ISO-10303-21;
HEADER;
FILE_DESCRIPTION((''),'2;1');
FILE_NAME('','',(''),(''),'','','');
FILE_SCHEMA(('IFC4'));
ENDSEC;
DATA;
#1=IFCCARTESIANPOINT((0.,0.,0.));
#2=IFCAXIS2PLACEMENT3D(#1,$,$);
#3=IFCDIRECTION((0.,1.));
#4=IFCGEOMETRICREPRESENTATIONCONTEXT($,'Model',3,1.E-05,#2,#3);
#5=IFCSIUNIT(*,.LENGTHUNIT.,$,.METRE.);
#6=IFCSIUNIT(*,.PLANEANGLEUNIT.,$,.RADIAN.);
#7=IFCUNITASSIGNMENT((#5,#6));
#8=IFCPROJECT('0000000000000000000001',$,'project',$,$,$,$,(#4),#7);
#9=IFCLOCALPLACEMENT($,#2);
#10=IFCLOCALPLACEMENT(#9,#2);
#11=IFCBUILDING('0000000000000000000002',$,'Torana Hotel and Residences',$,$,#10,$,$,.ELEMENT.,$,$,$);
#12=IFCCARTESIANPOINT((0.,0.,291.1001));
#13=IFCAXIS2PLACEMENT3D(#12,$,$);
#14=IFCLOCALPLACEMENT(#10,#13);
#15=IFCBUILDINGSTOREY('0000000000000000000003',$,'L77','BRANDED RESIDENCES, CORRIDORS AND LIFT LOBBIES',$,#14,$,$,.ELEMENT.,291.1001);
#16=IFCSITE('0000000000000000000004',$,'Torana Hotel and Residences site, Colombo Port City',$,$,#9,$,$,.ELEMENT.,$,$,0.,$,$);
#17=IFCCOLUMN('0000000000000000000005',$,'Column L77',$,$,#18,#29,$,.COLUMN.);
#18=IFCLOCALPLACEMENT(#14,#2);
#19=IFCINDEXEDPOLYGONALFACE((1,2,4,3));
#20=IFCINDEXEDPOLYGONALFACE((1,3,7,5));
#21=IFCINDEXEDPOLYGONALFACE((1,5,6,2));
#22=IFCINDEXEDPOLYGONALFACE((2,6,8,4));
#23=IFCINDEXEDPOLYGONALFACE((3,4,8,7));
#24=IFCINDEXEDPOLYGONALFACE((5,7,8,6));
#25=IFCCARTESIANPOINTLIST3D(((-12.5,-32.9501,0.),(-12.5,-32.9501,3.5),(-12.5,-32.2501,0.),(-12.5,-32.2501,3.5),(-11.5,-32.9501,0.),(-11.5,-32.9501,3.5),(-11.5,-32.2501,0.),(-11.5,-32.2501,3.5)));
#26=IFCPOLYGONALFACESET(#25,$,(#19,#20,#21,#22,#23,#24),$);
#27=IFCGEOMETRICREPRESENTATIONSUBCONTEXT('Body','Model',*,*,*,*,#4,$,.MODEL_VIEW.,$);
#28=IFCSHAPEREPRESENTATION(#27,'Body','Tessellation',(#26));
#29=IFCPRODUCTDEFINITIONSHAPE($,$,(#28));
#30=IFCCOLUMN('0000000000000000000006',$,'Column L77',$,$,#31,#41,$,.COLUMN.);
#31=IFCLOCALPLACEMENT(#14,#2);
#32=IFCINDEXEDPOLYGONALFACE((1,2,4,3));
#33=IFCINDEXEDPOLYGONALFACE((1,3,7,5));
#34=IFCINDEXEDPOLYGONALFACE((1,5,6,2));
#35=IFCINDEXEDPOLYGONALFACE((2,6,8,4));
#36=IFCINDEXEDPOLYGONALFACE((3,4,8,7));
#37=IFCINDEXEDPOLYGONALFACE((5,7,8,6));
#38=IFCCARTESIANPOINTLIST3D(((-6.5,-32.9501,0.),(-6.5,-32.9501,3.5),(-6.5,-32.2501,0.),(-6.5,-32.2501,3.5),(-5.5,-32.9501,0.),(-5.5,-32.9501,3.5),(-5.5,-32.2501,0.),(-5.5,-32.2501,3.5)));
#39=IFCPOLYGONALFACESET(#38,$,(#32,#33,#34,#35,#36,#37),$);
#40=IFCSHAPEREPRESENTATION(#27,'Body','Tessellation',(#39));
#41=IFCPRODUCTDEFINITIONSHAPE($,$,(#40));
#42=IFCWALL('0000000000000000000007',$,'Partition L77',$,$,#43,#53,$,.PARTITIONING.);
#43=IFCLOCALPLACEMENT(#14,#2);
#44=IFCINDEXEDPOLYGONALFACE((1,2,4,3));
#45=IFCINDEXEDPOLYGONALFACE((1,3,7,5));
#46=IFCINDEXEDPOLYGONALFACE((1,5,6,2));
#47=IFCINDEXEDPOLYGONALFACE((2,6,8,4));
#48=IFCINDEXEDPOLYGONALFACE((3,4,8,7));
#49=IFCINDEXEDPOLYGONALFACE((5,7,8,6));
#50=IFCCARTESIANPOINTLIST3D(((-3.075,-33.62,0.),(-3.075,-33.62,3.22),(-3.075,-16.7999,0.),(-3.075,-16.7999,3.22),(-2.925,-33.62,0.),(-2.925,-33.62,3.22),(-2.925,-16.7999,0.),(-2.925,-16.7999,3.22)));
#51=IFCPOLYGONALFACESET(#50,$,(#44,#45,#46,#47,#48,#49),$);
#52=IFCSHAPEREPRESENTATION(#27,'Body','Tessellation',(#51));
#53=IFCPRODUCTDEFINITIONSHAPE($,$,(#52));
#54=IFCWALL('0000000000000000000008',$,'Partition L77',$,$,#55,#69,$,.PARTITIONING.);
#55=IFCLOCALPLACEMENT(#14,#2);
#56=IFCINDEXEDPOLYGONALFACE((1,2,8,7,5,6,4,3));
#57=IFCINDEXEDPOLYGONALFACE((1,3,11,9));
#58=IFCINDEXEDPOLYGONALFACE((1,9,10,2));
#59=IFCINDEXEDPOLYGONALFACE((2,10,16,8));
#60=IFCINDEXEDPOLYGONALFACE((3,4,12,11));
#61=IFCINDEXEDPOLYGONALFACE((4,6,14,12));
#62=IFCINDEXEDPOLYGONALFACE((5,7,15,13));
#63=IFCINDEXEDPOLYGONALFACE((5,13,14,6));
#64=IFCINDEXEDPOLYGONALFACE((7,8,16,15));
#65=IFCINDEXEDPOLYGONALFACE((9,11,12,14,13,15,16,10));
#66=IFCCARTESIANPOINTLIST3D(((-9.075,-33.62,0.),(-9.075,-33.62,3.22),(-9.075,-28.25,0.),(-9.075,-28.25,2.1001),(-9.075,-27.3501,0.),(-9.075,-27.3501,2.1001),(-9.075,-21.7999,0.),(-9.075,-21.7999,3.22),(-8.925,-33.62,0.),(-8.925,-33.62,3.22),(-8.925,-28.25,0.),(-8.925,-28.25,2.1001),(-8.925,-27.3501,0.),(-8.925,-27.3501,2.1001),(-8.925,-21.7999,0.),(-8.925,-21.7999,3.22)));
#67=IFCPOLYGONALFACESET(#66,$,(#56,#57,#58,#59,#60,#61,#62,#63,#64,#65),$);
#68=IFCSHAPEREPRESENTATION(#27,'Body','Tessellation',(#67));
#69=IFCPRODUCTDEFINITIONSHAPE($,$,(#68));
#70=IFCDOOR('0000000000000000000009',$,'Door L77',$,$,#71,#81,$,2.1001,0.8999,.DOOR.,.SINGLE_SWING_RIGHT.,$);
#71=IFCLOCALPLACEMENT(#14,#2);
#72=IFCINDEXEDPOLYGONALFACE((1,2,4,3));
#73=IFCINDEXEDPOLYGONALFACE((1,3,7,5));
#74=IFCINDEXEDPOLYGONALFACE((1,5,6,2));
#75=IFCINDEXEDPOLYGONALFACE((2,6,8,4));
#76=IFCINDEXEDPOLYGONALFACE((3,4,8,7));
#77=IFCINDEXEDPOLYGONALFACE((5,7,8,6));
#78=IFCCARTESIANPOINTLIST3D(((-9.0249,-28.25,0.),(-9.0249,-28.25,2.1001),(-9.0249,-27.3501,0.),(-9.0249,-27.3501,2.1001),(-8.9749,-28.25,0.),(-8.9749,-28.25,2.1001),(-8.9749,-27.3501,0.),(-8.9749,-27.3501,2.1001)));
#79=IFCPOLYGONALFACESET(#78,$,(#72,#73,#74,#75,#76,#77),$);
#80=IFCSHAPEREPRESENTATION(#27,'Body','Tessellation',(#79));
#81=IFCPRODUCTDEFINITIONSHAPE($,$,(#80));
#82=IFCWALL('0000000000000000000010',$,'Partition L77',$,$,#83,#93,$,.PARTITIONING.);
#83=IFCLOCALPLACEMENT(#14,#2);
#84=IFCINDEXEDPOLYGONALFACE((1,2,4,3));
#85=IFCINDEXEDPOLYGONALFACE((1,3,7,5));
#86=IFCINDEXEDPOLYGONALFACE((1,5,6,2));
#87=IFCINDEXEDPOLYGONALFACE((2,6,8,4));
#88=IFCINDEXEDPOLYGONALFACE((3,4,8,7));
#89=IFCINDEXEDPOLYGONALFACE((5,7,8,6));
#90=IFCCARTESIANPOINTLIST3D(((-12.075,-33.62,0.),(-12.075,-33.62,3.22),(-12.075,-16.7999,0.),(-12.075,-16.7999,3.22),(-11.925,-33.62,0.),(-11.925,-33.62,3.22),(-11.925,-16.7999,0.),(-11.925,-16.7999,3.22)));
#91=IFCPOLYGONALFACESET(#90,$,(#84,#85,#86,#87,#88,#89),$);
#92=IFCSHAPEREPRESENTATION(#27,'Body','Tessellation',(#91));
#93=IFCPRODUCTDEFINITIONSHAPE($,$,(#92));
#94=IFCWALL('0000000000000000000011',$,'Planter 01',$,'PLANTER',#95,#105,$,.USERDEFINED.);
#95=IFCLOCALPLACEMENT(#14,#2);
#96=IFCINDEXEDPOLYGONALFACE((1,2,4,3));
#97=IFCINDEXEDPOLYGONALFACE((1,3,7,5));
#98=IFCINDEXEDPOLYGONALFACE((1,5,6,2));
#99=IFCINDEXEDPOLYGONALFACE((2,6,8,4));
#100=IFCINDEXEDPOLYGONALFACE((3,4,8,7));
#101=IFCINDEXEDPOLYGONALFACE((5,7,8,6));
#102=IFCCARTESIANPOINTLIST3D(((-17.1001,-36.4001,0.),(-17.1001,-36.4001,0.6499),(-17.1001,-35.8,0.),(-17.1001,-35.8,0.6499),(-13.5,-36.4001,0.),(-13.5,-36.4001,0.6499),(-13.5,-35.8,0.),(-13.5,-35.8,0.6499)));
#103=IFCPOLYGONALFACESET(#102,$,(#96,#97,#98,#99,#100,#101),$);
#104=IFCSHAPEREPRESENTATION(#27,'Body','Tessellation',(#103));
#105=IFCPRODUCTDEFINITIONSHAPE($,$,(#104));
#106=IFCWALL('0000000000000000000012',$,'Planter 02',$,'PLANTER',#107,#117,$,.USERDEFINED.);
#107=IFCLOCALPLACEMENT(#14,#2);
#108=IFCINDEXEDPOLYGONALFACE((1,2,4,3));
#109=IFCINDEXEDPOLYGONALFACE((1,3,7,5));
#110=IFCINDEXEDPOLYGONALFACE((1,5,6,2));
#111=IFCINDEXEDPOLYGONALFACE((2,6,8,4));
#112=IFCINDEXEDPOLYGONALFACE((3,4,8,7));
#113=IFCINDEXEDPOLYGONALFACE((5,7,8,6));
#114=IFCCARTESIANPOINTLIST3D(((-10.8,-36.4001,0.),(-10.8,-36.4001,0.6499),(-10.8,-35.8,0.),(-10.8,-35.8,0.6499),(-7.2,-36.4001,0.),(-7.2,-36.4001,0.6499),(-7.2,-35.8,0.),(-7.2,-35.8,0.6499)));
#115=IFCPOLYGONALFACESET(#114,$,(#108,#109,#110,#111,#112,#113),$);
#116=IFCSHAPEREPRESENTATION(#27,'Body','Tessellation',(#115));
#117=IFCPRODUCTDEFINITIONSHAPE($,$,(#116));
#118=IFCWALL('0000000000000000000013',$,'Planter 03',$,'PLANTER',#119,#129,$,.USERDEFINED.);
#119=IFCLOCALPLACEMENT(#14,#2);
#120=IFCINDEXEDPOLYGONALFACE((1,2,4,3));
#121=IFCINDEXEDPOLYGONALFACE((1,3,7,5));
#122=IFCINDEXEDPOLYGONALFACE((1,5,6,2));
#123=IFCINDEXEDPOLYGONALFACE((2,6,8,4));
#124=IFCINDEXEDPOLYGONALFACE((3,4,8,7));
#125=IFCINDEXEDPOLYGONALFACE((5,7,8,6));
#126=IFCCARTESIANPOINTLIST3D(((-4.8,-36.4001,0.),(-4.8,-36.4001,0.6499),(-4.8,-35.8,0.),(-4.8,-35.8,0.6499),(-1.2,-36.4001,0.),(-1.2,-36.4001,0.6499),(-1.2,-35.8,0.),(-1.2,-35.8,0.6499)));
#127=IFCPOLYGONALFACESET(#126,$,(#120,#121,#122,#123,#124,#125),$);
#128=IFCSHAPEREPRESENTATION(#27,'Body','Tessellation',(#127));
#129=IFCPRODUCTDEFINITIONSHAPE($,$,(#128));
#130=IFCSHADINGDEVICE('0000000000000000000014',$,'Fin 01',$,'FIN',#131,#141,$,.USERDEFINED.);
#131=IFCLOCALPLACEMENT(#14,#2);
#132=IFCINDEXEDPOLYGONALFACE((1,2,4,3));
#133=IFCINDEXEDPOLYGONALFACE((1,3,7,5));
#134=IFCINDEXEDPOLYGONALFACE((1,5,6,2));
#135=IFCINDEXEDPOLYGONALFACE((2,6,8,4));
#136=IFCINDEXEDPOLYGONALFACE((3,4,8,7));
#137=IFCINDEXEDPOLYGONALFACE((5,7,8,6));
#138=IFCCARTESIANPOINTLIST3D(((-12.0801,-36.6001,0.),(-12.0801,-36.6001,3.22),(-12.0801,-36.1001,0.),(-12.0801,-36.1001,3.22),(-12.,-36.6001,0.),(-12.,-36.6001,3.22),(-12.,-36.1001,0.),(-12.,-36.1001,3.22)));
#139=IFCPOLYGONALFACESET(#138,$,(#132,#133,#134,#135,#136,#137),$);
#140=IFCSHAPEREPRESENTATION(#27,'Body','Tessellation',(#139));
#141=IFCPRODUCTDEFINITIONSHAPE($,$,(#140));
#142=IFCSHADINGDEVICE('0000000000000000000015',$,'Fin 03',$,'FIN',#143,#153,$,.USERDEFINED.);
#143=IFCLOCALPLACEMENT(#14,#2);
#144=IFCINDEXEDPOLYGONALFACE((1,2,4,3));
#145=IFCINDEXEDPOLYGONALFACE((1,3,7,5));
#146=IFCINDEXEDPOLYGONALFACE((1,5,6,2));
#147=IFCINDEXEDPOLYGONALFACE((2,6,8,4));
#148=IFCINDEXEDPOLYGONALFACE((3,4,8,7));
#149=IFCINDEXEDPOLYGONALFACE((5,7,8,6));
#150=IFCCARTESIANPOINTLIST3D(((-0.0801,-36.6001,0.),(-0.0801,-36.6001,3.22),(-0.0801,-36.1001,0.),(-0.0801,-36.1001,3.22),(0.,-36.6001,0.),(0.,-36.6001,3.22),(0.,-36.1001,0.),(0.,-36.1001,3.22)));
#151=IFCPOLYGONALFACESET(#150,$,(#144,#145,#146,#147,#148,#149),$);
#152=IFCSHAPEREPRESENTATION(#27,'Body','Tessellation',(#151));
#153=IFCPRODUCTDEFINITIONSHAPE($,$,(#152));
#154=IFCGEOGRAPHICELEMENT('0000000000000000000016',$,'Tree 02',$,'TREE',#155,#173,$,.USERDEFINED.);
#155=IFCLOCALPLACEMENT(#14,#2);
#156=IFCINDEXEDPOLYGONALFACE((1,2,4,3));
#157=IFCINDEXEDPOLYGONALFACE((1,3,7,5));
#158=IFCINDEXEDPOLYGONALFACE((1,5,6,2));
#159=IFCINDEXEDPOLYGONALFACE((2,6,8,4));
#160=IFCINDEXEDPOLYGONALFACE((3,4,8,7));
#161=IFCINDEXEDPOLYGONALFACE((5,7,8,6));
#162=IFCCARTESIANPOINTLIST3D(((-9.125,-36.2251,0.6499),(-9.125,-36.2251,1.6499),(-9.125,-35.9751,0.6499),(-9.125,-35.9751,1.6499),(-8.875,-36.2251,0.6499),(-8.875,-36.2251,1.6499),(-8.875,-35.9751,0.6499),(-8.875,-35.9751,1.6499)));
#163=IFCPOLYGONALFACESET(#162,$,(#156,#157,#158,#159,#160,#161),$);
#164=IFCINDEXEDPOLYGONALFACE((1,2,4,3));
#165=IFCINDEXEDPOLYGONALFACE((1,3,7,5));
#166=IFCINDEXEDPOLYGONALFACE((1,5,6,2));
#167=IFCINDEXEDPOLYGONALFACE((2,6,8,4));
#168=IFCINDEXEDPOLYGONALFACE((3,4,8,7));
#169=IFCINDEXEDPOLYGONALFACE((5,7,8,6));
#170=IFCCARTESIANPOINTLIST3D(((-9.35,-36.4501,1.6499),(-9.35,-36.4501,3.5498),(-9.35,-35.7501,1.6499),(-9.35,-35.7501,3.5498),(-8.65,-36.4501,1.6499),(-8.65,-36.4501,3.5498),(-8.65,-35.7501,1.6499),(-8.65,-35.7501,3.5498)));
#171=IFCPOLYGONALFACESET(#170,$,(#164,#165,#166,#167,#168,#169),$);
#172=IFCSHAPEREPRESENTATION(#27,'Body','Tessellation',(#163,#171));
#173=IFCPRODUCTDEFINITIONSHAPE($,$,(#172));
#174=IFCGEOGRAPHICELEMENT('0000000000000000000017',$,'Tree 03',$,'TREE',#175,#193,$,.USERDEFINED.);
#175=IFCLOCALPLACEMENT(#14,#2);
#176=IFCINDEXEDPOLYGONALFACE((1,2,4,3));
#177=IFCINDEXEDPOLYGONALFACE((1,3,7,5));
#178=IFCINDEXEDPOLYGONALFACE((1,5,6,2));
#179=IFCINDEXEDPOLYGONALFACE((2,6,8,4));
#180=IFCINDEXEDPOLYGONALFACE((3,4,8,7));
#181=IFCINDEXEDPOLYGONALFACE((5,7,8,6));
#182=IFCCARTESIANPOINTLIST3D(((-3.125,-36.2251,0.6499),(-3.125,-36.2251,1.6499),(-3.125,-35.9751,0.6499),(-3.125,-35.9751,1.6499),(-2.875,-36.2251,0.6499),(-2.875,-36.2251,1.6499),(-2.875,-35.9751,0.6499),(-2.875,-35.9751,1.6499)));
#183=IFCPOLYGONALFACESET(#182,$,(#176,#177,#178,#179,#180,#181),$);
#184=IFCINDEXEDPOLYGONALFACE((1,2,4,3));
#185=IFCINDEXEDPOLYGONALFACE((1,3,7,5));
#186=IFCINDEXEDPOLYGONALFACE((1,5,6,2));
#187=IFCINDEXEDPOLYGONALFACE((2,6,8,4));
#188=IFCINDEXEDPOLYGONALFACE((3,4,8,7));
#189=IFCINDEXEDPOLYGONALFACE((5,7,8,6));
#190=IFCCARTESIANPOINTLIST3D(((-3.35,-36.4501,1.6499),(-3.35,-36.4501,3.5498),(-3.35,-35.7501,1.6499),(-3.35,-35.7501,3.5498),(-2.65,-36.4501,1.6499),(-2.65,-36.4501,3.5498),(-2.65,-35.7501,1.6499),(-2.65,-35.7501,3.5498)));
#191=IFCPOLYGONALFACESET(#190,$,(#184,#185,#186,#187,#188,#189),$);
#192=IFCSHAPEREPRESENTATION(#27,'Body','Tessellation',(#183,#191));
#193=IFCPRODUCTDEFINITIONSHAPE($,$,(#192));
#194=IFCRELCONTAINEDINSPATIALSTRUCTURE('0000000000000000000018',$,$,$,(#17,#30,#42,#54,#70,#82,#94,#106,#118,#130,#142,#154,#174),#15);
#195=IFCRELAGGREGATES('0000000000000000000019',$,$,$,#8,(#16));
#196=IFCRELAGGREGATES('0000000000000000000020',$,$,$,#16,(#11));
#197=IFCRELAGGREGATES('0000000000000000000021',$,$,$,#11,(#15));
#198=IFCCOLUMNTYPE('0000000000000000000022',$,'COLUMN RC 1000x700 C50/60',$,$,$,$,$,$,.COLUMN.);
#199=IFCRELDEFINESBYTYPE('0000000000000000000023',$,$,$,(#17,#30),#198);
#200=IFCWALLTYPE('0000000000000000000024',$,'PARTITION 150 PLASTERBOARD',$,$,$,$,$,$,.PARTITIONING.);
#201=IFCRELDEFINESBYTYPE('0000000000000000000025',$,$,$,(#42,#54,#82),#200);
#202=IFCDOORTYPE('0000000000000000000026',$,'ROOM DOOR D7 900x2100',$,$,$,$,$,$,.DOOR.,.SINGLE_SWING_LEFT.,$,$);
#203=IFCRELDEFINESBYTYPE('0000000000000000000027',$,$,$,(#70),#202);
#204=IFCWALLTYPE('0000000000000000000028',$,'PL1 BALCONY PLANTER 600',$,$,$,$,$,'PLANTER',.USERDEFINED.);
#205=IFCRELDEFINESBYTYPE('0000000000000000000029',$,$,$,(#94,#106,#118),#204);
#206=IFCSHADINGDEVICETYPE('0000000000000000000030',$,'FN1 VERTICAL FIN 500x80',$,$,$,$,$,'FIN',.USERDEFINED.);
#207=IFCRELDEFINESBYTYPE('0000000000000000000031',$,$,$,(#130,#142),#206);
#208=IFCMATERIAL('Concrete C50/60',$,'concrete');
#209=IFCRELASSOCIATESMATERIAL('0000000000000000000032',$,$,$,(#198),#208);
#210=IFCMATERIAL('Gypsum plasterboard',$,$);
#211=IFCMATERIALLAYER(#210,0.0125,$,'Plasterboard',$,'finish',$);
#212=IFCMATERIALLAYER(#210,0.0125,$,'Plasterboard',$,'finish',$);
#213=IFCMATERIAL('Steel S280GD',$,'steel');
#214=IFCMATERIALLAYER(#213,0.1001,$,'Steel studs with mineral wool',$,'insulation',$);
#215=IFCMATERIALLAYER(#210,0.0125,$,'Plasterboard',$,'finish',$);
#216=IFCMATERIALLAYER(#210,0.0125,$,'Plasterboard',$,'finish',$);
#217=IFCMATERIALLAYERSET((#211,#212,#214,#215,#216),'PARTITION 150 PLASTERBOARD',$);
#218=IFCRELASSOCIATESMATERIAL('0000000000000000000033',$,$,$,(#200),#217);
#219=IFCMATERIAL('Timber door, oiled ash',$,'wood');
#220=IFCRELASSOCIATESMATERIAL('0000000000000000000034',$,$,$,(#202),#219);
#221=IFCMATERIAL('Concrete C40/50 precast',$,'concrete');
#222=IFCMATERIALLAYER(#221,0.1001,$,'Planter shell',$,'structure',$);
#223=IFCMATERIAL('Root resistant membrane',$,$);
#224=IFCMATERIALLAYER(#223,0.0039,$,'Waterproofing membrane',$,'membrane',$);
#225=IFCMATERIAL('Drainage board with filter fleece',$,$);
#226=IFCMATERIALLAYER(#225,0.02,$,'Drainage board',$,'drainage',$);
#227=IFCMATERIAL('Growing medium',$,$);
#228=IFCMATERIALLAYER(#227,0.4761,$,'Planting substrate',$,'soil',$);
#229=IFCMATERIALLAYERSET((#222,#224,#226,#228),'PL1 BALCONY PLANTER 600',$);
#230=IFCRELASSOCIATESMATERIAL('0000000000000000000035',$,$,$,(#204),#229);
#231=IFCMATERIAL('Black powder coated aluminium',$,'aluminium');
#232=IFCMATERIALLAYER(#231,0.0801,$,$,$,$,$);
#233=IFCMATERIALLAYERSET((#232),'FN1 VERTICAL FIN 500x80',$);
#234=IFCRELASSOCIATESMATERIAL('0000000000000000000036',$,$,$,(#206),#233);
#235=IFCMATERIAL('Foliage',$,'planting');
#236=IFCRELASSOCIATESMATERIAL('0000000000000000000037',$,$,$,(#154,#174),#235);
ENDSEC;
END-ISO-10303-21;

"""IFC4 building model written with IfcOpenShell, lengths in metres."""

from ifc_helpers import new_model, si_unit, direction, frame, frame_2d, origin, origin_2d, place, context, subcontext, project, spatial, rectangle, extrude, material, layer, layer_set, material_profile, profile_set, type_object, element, fill, save


model = new_model("IFC4")

# Units and contexts
model_context = context("Model", 3, precision=1e-05, world=origin(), true_north=direction((0.0, 1.0)))
body_context = subcontext(model_context, "Body", "Model", "MODEL_VIEW")
ifc_project = project(units=[si_unit("LENGTHUNIT", "METRE"), si_unit("PLANEANGLEUNIT", "RADIAN")], contexts=[model_context])

# Site, building, storey
site_placement = place(None, origin())
site = spatial("IfcSite", under=ifc_project, at=site_placement, Name="Torana Hotel and Residences site, Colombo Port City", CompositionType="ELEMENT", RefElevation=0.0)
building_placement = place(site_placement, origin())
building = spatial("IfcBuilding", under=site, at=building_placement, Name="Torana Hotel and Residences", CompositionType="ELEMENT")
storey_placement = place(building_placement, frame((0.0, 0.0, 291.1001)))
storey = spatial("IfcBuildingStorey", under=building, at=storey_placement, Name="L77", Description="BRANDED RESIDENCES, CORRIDORS AND LIFT LOBBIES", CompositionType="ELEMENT", Elevation=291.1001)

# Columns
ifc_material_1 = material(Name="Concrete C50/60", Category="concrete")
ifc_material_profile = material_profile(ifc_material_1, rectangle(XDim=1.0, YDim=0.7, at=origin_2d()), Name="RC 1000x700")
ifc_profile_set = profile_set([ifc_material_profile], Name="Concrete C50/60")
column_type = type_object("IfcColumnType", Name="COLUMN RC 1000x700 C50/60", PredefinedType="COLUMN", material=ifc_profile_set)
for number, where, z_axis, x_axis, name in (
    (1, (-12.0, -32.6001, 0.0), (0.0, 0.0, 1.0), (1.0, 0.0, 0.0), "Column L77"),
    (2, (-6.0, -32.6001, 0.0), (0.0, 0.0, 1.0), (1.0, 0.0, 0.0), "Column L77"),
):
    element("IfcColumn", number, at=place(storey_placement, frame(where, z_axis=z_axis, x_axis=x_axis)), inside=storey, type_object=column_type, Name=name, PredefinedType="COLUMN", context=body_context, shape_type="SweptSolid", body=[
        extrude(rectangle(XDim=1.0, YDim=0.7, at=origin_2d()), origin(), (0.0, 0.0, 1.0), 3.5),
    ])

# Wall
ifc_material_2 = material(Name="Gypsum plasterboard")
ifc_layer_1 = layer(ifc_material_2, 0.0125, Name="Plasterboard", Category="finish")
ifc_layer_2 = layer(ifc_material_2, 0.0125, Name="Plasterboard", Category="finish")
ifc_material_3 = material(Name="Steel S280GD", Category="steel")
ifc_layer_3 = layer(ifc_material_3, 0.1001, Name="Steel studs with mineral wool", Category="insulation")
ifc_layer_4 = layer(ifc_material_2, 0.0125, Name="Plasterboard", Category="finish")
ifc_layer_5 = layer(ifc_material_2, 0.0125, Name="Plasterboard", Category="finish")
ifc_layer_set_1 = layer_set([ifc_layer_1, ifc_layer_2, ifc_layer_3, ifc_layer_4, ifc_layer_5], Name="PARTITION 150 PLASTERBOARD")
wall_type_1 = type_object("IfcWallType", Name="PARTITION 150 PLASTERBOARD", PredefinedType="PARTITIONING", material=ifc_layer_set_1)
wall_1_placement = place(storey_placement, frame((-3.0, -33.6201, 0.0), z_axis=(0.0, 0.0, 1.0), x_axis=(0.0, 1.0, 0.0)))
element("IfcWall", 3, at=wall_1_placement, inside=storey, type_object=wall_type_1, Name="Partition L77", PredefinedType="PARTITIONING", context=body_context, shape_type="SweptSolid", body=[
    extrude(rectangle(XDim=16.8201, YDim=0.1499, at=frame_2d((8.4102, 0.0))), origin(), (0.0, 0.0, 1.0), 3.22),
])

# Wall, opening, door
wall_2_placement = place(storey_placement, frame((-9.0, -33.6201, 0.0), z_axis=(0.0, 0.0, 1.0), x_axis=(0.0, 1.0, 0.0)))
wall_2 = element("IfcWall", 4, at=wall_2_placement, inside=storey, type_object=wall_type_1, Name="Partition L77", PredefinedType="PARTITIONING", context=body_context, shape_type="SweptSolid", body=[
    extrude(rectangle(XDim=11.8201, YDim=0.1499, at=frame_2d((5.9102, 0.0))), origin(), (0.0, 0.0, 1.0), 3.22),
])
opening_placement = place(wall_2_placement, frame((5.3701, 0.0, 0.0)))
opening = element("IfcOpeningElement", 5, at=opening_placement, cuts=wall_2, PredefinedType="OPENING", context=body_context, shape_type="SweptSolid", body=[
    extrude(rectangle(XDim=0.8999, YDim=2.1001, at=frame_2d((0.45, 1.05))), frame((0.0, 0.085, 0.0), z_axis=(0.0, -1.0, 0.0), x_axis=(1.0, 0.0, 0.0)), (0.0, 0.0, 1.0), 0.1699),
])
ifc_material_4 = material(Name="Timber door, oiled ash", Category="wood")
door_type = type_object("IfcDoorType", Name="ROOM DOOR D7 900x2100", OperationType="SINGLE_SWING_LEFT", PredefinedType="DOOR", material=ifc_material_4)
door_placement = place(opening_placement, origin())
door = element("IfcDoor", 6, at=door_placement, inside=storey, type_object=door_type, Name="Door L77", OperationType="SINGLE_SWING_RIGHT", OverallHeight=2.1001, OverallWidth=0.8999, PredefinedType="DOOR", context=body_context, shape_type="SweptSolid", body=[
    extrude(rectangle(XDim=0.8999, YDim=2.1001, at=frame_2d((0.45, 1.05))), frame((0.0, 0.0249, 0.0), z_axis=(0.0, -1.0, 0.0), x_axis=(1.0, 0.0, 0.0)), (0.0, 0.0, 1.0), 0.05),
])
fill(opening, door)

# Walls
wall_3_placement = place(storey_placement, frame((-12.0, -33.6201, 0.0), z_axis=(0.0, 0.0, 1.0), x_axis=(0.0, 1.0, 0.0)))
element("IfcWall", 7, at=wall_3_placement, inside=storey, type_object=wall_type_1, Name="Partition L77", PredefinedType="PARTITIONING", context=body_context, shape_type="SweptSolid", body=[
    extrude(rectangle(XDim=16.8201, YDim=0.1499, at=frame_2d((8.4102, 0.0))), origin(), (0.0, 0.0, 1.0), 3.22),
])
ifc_material_5 = material(Name="Concrete C40/50 precast", Category="concrete")
ifc_layer_6 = layer(ifc_material_5, 0.1001, Name="Planter shell", Category="structure")
ifc_material_6 = material(Name="Root resistant membrane")
ifc_layer_7 = layer(ifc_material_6, 0.0039, Name="Waterproofing membrane", Category="membrane")
ifc_material_7 = material(Name="Drainage board with filter fleece")
ifc_layer_8 = layer(ifc_material_7, 0.02, Name="Drainage board", Category="drainage")
ifc_material_8 = material(Name="Growing medium")
ifc_layer_9 = layer(ifc_material_8, 0.4761, Name="Planting substrate", Category="soil")
ifc_layer_set_2 = layer_set([ifc_layer_6, ifc_layer_7, ifc_layer_8, ifc_layer_9], Name="PL1 BALCONY PLANTER 600")
wall_type_2 = type_object("IfcWallType", Name="PL1 BALCONY PLANTER 600", ElementType="PLANTER", PredefinedType="USERDEFINED", material=ifc_layer_set_2)
for number, where, z_axis, x_axis, name in (
    (8, (-13.5, -36.1001, 0.0), (0.0, 0.0, 1.0), (-1.0, 0.0, 0.0), "Planter 01"),
    (9, (-7.2, -36.1001, 0.0), (0.0, 0.0, 1.0), (-1.0, 0.0, 0.0), "Planter 02"),
    (10, (-1.2, -36.1001, 0.0), (0.0, 0.0, 1.0), (-1.0, 0.0, 0.0), "Planter 03"),
):
    element("IfcWall", number, at=place(storey_placement, frame(where, z_axis=z_axis, x_axis=x_axis)), inside=storey, type_object=wall_type_2, Name=name, ObjectType="PLANTER", PredefinedType="USERDEFINED", context=body_context, shape_type="SweptSolid", body=[
        extrude(rectangle(XDim=3.6001, YDim=0.6001, at=frame_2d((1.8, 0.0))), origin(), (0.0, 0.0, 1.0), 0.6499),
    ])

# Shading devices
ifc_material_9 = material(Name="Black powder coated aluminium", Category="aluminium")
ifc_layer_10 = layer(ifc_material_9, 0.0801)
ifc_layer_set_3 = layer_set([ifc_layer_10], Name="FN1 VERTICAL FIN 500x80")
shading_device_type = type_object("IfcShadingDeviceType", Name="FN1 VERTICAL FIN 500x80", ElementType="FIN", PredefinedType="USERDEFINED", material=ifc_layer_set_3)
for number, where, z_axis, x_axis, name in (
    (11, (-12.04, -36.3501, 0.0), (0.0, 0.0, 1.0), (-1.0, 0.0, 0.0), "Fin 01"),
    (12, (-0.04, -36.3501, 0.0), (0.0, 0.0, 1.0), (-1.0, 0.0, 0.0), "Fin 03"),
):
    element("IfcShadingDevice", number, at=place(storey_placement, frame(where, z_axis=z_axis, x_axis=x_axis)), inside=storey, type_object=shading_device_type, Name=name, ObjectType="FIN", PredefinedType="USERDEFINED", context=body_context, shape_type="SweptSolid", body=[
        extrude(rectangle(XDim=0.0801, YDim=0.5, at=origin_2d()), origin(), (0.0, 0.0, 1.0), 3.22),
    ])

# Geographic elements
ifc_material_10 = material(Name="Foliage", Category="planting")
for number, where, z_axis, x_axis, name in (
    (13, (-9.0, -36.1001, 0.6499), (0.0, 0.0, 1.0), (1.0, 0.0, 0.0), "Tree 02"),
    (14, (-3.0, -36.1001, 0.6499), (0.0, 0.0, 1.0), (1.0, 0.0, 0.0), "Tree 03"),
):
    element("IfcGeographicElement", number, at=place(storey_placement, frame(where, z_axis=z_axis, x_axis=x_axis)), inside=storey, material=ifc_material_10, Name=name, ObjectType="TREE", PredefinedType="USERDEFINED", context=body_context, shape_type="SweptSolid", body=[
        extrude(rectangle(XDim=0.25, YDim=0.25, at=origin_2d()), origin(), (0.0, 0.0, 1.0), 1.0),
        extrude(rectangle(XDim=0.7, YDim=0.7, at=origin_2d()), frame((0.0, 0.0, 1.0)), (0.0, 0.0, 1.0), 1.8999),
    ])

save(model, "model.ifc")
